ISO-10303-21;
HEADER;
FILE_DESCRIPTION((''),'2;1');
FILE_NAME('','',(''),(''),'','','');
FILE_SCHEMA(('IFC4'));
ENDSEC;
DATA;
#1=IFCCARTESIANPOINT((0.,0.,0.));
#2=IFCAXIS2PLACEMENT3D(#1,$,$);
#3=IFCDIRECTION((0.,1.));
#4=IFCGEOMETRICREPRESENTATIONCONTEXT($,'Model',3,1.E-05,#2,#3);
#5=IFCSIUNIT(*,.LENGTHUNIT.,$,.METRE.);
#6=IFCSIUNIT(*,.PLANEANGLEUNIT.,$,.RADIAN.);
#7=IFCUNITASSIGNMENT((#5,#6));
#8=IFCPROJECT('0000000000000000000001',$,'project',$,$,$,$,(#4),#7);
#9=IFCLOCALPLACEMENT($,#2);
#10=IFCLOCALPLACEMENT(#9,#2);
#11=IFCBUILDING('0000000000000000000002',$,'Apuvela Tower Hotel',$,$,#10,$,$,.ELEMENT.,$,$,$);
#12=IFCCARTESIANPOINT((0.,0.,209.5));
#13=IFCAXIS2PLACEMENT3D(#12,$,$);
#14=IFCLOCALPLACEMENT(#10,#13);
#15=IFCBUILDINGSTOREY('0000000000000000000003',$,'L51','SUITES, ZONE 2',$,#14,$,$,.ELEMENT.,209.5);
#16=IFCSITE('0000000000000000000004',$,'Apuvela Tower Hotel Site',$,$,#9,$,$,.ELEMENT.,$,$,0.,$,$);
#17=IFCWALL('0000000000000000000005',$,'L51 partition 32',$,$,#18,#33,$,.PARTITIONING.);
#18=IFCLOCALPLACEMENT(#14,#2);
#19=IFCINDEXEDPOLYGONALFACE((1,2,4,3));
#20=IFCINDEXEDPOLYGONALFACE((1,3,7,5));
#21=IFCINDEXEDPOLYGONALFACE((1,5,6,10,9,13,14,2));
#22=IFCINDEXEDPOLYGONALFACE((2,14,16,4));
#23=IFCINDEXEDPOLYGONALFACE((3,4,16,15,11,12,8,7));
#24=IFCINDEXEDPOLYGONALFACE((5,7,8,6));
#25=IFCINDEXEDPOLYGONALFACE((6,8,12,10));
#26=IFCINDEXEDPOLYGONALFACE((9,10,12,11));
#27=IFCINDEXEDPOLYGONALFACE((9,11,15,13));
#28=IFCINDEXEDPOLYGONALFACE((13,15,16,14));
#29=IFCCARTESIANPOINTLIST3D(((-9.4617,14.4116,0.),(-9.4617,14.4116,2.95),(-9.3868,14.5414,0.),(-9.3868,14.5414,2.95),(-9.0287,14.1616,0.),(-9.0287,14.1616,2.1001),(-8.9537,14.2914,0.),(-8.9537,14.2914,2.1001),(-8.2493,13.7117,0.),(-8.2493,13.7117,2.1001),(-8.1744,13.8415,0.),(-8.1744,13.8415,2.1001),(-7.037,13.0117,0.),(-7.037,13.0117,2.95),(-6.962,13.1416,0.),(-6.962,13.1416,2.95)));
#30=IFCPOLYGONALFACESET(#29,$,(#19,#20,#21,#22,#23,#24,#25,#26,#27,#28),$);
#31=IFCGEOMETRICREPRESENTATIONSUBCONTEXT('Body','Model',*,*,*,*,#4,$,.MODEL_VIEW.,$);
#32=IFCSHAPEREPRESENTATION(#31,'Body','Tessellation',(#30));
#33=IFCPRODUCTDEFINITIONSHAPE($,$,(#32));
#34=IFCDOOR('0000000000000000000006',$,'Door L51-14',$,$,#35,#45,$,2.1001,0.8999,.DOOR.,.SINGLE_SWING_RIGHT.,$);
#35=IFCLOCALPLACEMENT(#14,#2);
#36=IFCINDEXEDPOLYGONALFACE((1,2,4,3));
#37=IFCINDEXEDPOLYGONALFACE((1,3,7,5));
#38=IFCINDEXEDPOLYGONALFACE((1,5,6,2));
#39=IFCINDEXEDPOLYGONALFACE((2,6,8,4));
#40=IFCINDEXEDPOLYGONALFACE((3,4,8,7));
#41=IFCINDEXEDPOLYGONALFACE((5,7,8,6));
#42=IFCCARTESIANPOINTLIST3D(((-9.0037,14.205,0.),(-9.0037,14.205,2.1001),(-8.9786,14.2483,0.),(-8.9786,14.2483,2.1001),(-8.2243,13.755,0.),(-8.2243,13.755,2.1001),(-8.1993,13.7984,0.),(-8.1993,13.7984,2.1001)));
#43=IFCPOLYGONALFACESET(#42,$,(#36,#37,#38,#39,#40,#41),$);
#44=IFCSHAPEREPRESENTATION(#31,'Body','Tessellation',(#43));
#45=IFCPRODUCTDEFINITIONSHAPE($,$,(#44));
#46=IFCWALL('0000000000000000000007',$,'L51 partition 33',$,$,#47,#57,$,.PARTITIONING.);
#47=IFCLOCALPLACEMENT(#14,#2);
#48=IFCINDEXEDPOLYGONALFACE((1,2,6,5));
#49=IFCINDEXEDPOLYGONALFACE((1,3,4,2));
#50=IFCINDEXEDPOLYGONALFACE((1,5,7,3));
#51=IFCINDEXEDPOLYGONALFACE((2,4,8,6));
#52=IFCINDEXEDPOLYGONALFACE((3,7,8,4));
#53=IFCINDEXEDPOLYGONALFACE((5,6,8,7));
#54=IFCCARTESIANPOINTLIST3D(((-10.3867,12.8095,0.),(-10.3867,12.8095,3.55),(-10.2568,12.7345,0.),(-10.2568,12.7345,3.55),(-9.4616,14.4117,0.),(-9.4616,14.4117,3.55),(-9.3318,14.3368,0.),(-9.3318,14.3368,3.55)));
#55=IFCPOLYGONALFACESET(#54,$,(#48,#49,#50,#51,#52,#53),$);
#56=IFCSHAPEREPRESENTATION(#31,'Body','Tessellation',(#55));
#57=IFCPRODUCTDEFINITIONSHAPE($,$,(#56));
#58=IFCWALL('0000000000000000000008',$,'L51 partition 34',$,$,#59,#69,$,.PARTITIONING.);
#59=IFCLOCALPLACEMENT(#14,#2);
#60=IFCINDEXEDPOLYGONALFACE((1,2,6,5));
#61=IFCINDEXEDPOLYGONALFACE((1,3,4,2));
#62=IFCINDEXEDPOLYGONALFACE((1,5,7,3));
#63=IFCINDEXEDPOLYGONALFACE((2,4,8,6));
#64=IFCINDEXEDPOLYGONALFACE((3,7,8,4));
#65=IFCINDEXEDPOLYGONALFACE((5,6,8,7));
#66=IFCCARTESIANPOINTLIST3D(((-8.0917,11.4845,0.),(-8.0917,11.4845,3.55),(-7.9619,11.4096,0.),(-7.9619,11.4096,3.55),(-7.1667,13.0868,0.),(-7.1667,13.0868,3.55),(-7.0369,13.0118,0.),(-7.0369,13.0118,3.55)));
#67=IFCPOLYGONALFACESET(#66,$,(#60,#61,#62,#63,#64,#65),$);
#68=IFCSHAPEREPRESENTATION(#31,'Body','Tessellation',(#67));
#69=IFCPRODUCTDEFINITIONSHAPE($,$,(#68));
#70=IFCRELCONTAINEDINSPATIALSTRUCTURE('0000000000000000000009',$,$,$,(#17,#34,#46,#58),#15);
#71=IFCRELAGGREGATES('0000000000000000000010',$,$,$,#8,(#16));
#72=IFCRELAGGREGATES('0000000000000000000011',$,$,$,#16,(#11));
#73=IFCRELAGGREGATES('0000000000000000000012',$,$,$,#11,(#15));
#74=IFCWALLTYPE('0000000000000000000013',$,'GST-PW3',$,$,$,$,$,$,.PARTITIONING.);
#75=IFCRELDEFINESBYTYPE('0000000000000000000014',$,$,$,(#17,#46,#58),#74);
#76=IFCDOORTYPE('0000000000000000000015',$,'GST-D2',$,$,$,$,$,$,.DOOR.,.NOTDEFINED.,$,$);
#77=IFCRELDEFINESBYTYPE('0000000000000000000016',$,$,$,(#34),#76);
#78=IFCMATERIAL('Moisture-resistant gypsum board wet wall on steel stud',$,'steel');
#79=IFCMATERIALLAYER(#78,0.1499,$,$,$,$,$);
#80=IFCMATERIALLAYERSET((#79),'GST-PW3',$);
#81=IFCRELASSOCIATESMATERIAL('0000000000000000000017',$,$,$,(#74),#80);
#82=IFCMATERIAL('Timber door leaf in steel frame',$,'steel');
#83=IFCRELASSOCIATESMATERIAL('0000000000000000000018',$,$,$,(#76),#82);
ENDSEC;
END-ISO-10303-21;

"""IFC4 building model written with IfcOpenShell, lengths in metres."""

from ifc_helpers import new_model, si_unit, direction, frame, frame_2d, origin, place, context, subcontext, project, spatial, rectangle, extrude, material, layer, layer_set, type_object, element, fill, save


model = new_model("IFC4")

# Units and contexts
model_context = context("Model", 3, precision=1e-05, world=origin(), true_north=direction((0.0, 1.0)))
body_context = subcontext(model_context, "Body", "Model", "MODEL_VIEW")
ifc_project = project(units=[si_unit("LENGTHUNIT", "METRE"), si_unit("PLANEANGLEUNIT", "RADIAN")], contexts=[model_context])

# Site, building, storey
site_placement = place(None, origin())
site = spatial("IfcSite", under=ifc_project, at=site_placement, Name="Apuvela Tower Hotel Site", CompositionType="ELEMENT", RefElevation=0.0)
building_placement = place(site_placement, origin())
building = spatial("IfcBuilding", under=site, at=building_placement, Name="Apuvela Tower Hotel", CompositionType="ELEMENT")
storey_placement = place(building_placement, frame((0.0, 0.0, 209.5)))
storey = spatial("IfcBuildingStorey", under=building, at=storey_placement, Name="L51", Description="SUITES, ZONE 2", CompositionType="ELEMENT", Elevation=209.5)

# Wall, opening, door
ifc_material_1 = material(Name="Moisture-resistant gypsum board wet wall on steel stud", Category="steel")
ifc_layer_1 = layer(ifc_material_1, 0.1499)
ifc_layer_set_1 = layer_set([ifc_layer_1], Name="GST-PW3")
wall_type_1 = type_object("IfcWallType", Name="GST-PW3", PredefinedType="PARTITIONING", material=ifc_layer_set_1)
wall_1_placement = place(storey_placement, frame((-6.9995, 13.0767, 0.0), z_axis=(0.0, 0.0, 1.0), x_axis=(-0.866035, 0.499984, 0.0)))
wall_1 = element("IfcWall", 1, at=wall_1_placement, inside=storey, type_object=wall_type_1, Name="L51 partition 32", PredefinedType="PARTITIONING", context=body_context, shape_type="SweptSolid", body=[
    extrude(rectangle(XDim=2.7998, YDim=0.1499, at=frame_2d((1.3999, 0.0))), origin(), (0.0, 0.0, 1.0), 2.95),
])
opening_1_placement = place(wall_1_placement, frame((1.3999, 0.0, 0.0)))
opening_1 = element("IfcOpeningElement", 2, at=opening_1_placement, cuts=wall_1, PredefinedType="OPENING", context=body_context, shape_type="SweptSolid", body=[
    extrude(rectangle(XDim=0.8999, YDim=2.1001, at=frame_2d((0.45, 1.05))), frame((0.0, 0.085, 0.0), z_axis=(0.0, -1.0, 0.0), x_axis=(1.0, 0.0, 0.0)), (0.0, 0.0, 1.0), 0.1699),
])
ifc_material_2 = material(Name="Timber door leaf in steel frame", Category="steel")
door_type_1 = type_object("IfcDoorType", Name="GST-D2", OperationType="NOTDEFINED", PredefinedType="DOOR", material=ifc_material_2)
door_1_placement = place(opening_1_placement, origin())
door_1 = element("IfcDoor", 3, at=door_1_placement, inside=storey, type_object=door_type_1, Name="Door L51-14", OperationType="SINGLE_SWING_RIGHT", OverallHeight=2.1001, OverallWidth=0.8999, PredefinedType="DOOR", context=body_context, shape_type="SweptSolid", body=[
    extrude(rectangle(XDim=0.8999, YDim=2.1001, at=frame_2d((0.45, 1.05))), frame((0.0, 0.0249, 0.0), z_axis=(0.0, -1.0, 0.0), x_axis=(1.0, 0.0, 0.0)), (0.0, 0.0, 1.0), 0.05),
])
fill(opening_1, door_1)

# Walls
for number, where, z_axis, x_axis, name in (
    (4, (-9.3967, 14.3743, 0.0), (0.0, 0.0, 1.0), (-0.499985, -0.866034, 0.0), "L51 partition 33"),
    (5, (-7.1018, 13.0493, 0.0), (0.0, 0.0, 1.0), (-0.499985, -0.866034, 0.0), "L51 partition 34"),
):
    element("IfcWall", number, at=place(storey_placement, frame(where, z_axis=z_axis, x_axis=x_axis)), inside=storey, type_object=wall_type_1, Name=name, PredefinedType="PARTITIONING", context=body_context, shape_type="SweptSolid", body=[
        extrude(rectangle(XDim=1.8501, YDim=0.1499, at=frame_2d((0.925, 0.0))), origin(), (0.0, 0.0, 1.0), 3.55),
    ])

save(model, "model.ifc")
